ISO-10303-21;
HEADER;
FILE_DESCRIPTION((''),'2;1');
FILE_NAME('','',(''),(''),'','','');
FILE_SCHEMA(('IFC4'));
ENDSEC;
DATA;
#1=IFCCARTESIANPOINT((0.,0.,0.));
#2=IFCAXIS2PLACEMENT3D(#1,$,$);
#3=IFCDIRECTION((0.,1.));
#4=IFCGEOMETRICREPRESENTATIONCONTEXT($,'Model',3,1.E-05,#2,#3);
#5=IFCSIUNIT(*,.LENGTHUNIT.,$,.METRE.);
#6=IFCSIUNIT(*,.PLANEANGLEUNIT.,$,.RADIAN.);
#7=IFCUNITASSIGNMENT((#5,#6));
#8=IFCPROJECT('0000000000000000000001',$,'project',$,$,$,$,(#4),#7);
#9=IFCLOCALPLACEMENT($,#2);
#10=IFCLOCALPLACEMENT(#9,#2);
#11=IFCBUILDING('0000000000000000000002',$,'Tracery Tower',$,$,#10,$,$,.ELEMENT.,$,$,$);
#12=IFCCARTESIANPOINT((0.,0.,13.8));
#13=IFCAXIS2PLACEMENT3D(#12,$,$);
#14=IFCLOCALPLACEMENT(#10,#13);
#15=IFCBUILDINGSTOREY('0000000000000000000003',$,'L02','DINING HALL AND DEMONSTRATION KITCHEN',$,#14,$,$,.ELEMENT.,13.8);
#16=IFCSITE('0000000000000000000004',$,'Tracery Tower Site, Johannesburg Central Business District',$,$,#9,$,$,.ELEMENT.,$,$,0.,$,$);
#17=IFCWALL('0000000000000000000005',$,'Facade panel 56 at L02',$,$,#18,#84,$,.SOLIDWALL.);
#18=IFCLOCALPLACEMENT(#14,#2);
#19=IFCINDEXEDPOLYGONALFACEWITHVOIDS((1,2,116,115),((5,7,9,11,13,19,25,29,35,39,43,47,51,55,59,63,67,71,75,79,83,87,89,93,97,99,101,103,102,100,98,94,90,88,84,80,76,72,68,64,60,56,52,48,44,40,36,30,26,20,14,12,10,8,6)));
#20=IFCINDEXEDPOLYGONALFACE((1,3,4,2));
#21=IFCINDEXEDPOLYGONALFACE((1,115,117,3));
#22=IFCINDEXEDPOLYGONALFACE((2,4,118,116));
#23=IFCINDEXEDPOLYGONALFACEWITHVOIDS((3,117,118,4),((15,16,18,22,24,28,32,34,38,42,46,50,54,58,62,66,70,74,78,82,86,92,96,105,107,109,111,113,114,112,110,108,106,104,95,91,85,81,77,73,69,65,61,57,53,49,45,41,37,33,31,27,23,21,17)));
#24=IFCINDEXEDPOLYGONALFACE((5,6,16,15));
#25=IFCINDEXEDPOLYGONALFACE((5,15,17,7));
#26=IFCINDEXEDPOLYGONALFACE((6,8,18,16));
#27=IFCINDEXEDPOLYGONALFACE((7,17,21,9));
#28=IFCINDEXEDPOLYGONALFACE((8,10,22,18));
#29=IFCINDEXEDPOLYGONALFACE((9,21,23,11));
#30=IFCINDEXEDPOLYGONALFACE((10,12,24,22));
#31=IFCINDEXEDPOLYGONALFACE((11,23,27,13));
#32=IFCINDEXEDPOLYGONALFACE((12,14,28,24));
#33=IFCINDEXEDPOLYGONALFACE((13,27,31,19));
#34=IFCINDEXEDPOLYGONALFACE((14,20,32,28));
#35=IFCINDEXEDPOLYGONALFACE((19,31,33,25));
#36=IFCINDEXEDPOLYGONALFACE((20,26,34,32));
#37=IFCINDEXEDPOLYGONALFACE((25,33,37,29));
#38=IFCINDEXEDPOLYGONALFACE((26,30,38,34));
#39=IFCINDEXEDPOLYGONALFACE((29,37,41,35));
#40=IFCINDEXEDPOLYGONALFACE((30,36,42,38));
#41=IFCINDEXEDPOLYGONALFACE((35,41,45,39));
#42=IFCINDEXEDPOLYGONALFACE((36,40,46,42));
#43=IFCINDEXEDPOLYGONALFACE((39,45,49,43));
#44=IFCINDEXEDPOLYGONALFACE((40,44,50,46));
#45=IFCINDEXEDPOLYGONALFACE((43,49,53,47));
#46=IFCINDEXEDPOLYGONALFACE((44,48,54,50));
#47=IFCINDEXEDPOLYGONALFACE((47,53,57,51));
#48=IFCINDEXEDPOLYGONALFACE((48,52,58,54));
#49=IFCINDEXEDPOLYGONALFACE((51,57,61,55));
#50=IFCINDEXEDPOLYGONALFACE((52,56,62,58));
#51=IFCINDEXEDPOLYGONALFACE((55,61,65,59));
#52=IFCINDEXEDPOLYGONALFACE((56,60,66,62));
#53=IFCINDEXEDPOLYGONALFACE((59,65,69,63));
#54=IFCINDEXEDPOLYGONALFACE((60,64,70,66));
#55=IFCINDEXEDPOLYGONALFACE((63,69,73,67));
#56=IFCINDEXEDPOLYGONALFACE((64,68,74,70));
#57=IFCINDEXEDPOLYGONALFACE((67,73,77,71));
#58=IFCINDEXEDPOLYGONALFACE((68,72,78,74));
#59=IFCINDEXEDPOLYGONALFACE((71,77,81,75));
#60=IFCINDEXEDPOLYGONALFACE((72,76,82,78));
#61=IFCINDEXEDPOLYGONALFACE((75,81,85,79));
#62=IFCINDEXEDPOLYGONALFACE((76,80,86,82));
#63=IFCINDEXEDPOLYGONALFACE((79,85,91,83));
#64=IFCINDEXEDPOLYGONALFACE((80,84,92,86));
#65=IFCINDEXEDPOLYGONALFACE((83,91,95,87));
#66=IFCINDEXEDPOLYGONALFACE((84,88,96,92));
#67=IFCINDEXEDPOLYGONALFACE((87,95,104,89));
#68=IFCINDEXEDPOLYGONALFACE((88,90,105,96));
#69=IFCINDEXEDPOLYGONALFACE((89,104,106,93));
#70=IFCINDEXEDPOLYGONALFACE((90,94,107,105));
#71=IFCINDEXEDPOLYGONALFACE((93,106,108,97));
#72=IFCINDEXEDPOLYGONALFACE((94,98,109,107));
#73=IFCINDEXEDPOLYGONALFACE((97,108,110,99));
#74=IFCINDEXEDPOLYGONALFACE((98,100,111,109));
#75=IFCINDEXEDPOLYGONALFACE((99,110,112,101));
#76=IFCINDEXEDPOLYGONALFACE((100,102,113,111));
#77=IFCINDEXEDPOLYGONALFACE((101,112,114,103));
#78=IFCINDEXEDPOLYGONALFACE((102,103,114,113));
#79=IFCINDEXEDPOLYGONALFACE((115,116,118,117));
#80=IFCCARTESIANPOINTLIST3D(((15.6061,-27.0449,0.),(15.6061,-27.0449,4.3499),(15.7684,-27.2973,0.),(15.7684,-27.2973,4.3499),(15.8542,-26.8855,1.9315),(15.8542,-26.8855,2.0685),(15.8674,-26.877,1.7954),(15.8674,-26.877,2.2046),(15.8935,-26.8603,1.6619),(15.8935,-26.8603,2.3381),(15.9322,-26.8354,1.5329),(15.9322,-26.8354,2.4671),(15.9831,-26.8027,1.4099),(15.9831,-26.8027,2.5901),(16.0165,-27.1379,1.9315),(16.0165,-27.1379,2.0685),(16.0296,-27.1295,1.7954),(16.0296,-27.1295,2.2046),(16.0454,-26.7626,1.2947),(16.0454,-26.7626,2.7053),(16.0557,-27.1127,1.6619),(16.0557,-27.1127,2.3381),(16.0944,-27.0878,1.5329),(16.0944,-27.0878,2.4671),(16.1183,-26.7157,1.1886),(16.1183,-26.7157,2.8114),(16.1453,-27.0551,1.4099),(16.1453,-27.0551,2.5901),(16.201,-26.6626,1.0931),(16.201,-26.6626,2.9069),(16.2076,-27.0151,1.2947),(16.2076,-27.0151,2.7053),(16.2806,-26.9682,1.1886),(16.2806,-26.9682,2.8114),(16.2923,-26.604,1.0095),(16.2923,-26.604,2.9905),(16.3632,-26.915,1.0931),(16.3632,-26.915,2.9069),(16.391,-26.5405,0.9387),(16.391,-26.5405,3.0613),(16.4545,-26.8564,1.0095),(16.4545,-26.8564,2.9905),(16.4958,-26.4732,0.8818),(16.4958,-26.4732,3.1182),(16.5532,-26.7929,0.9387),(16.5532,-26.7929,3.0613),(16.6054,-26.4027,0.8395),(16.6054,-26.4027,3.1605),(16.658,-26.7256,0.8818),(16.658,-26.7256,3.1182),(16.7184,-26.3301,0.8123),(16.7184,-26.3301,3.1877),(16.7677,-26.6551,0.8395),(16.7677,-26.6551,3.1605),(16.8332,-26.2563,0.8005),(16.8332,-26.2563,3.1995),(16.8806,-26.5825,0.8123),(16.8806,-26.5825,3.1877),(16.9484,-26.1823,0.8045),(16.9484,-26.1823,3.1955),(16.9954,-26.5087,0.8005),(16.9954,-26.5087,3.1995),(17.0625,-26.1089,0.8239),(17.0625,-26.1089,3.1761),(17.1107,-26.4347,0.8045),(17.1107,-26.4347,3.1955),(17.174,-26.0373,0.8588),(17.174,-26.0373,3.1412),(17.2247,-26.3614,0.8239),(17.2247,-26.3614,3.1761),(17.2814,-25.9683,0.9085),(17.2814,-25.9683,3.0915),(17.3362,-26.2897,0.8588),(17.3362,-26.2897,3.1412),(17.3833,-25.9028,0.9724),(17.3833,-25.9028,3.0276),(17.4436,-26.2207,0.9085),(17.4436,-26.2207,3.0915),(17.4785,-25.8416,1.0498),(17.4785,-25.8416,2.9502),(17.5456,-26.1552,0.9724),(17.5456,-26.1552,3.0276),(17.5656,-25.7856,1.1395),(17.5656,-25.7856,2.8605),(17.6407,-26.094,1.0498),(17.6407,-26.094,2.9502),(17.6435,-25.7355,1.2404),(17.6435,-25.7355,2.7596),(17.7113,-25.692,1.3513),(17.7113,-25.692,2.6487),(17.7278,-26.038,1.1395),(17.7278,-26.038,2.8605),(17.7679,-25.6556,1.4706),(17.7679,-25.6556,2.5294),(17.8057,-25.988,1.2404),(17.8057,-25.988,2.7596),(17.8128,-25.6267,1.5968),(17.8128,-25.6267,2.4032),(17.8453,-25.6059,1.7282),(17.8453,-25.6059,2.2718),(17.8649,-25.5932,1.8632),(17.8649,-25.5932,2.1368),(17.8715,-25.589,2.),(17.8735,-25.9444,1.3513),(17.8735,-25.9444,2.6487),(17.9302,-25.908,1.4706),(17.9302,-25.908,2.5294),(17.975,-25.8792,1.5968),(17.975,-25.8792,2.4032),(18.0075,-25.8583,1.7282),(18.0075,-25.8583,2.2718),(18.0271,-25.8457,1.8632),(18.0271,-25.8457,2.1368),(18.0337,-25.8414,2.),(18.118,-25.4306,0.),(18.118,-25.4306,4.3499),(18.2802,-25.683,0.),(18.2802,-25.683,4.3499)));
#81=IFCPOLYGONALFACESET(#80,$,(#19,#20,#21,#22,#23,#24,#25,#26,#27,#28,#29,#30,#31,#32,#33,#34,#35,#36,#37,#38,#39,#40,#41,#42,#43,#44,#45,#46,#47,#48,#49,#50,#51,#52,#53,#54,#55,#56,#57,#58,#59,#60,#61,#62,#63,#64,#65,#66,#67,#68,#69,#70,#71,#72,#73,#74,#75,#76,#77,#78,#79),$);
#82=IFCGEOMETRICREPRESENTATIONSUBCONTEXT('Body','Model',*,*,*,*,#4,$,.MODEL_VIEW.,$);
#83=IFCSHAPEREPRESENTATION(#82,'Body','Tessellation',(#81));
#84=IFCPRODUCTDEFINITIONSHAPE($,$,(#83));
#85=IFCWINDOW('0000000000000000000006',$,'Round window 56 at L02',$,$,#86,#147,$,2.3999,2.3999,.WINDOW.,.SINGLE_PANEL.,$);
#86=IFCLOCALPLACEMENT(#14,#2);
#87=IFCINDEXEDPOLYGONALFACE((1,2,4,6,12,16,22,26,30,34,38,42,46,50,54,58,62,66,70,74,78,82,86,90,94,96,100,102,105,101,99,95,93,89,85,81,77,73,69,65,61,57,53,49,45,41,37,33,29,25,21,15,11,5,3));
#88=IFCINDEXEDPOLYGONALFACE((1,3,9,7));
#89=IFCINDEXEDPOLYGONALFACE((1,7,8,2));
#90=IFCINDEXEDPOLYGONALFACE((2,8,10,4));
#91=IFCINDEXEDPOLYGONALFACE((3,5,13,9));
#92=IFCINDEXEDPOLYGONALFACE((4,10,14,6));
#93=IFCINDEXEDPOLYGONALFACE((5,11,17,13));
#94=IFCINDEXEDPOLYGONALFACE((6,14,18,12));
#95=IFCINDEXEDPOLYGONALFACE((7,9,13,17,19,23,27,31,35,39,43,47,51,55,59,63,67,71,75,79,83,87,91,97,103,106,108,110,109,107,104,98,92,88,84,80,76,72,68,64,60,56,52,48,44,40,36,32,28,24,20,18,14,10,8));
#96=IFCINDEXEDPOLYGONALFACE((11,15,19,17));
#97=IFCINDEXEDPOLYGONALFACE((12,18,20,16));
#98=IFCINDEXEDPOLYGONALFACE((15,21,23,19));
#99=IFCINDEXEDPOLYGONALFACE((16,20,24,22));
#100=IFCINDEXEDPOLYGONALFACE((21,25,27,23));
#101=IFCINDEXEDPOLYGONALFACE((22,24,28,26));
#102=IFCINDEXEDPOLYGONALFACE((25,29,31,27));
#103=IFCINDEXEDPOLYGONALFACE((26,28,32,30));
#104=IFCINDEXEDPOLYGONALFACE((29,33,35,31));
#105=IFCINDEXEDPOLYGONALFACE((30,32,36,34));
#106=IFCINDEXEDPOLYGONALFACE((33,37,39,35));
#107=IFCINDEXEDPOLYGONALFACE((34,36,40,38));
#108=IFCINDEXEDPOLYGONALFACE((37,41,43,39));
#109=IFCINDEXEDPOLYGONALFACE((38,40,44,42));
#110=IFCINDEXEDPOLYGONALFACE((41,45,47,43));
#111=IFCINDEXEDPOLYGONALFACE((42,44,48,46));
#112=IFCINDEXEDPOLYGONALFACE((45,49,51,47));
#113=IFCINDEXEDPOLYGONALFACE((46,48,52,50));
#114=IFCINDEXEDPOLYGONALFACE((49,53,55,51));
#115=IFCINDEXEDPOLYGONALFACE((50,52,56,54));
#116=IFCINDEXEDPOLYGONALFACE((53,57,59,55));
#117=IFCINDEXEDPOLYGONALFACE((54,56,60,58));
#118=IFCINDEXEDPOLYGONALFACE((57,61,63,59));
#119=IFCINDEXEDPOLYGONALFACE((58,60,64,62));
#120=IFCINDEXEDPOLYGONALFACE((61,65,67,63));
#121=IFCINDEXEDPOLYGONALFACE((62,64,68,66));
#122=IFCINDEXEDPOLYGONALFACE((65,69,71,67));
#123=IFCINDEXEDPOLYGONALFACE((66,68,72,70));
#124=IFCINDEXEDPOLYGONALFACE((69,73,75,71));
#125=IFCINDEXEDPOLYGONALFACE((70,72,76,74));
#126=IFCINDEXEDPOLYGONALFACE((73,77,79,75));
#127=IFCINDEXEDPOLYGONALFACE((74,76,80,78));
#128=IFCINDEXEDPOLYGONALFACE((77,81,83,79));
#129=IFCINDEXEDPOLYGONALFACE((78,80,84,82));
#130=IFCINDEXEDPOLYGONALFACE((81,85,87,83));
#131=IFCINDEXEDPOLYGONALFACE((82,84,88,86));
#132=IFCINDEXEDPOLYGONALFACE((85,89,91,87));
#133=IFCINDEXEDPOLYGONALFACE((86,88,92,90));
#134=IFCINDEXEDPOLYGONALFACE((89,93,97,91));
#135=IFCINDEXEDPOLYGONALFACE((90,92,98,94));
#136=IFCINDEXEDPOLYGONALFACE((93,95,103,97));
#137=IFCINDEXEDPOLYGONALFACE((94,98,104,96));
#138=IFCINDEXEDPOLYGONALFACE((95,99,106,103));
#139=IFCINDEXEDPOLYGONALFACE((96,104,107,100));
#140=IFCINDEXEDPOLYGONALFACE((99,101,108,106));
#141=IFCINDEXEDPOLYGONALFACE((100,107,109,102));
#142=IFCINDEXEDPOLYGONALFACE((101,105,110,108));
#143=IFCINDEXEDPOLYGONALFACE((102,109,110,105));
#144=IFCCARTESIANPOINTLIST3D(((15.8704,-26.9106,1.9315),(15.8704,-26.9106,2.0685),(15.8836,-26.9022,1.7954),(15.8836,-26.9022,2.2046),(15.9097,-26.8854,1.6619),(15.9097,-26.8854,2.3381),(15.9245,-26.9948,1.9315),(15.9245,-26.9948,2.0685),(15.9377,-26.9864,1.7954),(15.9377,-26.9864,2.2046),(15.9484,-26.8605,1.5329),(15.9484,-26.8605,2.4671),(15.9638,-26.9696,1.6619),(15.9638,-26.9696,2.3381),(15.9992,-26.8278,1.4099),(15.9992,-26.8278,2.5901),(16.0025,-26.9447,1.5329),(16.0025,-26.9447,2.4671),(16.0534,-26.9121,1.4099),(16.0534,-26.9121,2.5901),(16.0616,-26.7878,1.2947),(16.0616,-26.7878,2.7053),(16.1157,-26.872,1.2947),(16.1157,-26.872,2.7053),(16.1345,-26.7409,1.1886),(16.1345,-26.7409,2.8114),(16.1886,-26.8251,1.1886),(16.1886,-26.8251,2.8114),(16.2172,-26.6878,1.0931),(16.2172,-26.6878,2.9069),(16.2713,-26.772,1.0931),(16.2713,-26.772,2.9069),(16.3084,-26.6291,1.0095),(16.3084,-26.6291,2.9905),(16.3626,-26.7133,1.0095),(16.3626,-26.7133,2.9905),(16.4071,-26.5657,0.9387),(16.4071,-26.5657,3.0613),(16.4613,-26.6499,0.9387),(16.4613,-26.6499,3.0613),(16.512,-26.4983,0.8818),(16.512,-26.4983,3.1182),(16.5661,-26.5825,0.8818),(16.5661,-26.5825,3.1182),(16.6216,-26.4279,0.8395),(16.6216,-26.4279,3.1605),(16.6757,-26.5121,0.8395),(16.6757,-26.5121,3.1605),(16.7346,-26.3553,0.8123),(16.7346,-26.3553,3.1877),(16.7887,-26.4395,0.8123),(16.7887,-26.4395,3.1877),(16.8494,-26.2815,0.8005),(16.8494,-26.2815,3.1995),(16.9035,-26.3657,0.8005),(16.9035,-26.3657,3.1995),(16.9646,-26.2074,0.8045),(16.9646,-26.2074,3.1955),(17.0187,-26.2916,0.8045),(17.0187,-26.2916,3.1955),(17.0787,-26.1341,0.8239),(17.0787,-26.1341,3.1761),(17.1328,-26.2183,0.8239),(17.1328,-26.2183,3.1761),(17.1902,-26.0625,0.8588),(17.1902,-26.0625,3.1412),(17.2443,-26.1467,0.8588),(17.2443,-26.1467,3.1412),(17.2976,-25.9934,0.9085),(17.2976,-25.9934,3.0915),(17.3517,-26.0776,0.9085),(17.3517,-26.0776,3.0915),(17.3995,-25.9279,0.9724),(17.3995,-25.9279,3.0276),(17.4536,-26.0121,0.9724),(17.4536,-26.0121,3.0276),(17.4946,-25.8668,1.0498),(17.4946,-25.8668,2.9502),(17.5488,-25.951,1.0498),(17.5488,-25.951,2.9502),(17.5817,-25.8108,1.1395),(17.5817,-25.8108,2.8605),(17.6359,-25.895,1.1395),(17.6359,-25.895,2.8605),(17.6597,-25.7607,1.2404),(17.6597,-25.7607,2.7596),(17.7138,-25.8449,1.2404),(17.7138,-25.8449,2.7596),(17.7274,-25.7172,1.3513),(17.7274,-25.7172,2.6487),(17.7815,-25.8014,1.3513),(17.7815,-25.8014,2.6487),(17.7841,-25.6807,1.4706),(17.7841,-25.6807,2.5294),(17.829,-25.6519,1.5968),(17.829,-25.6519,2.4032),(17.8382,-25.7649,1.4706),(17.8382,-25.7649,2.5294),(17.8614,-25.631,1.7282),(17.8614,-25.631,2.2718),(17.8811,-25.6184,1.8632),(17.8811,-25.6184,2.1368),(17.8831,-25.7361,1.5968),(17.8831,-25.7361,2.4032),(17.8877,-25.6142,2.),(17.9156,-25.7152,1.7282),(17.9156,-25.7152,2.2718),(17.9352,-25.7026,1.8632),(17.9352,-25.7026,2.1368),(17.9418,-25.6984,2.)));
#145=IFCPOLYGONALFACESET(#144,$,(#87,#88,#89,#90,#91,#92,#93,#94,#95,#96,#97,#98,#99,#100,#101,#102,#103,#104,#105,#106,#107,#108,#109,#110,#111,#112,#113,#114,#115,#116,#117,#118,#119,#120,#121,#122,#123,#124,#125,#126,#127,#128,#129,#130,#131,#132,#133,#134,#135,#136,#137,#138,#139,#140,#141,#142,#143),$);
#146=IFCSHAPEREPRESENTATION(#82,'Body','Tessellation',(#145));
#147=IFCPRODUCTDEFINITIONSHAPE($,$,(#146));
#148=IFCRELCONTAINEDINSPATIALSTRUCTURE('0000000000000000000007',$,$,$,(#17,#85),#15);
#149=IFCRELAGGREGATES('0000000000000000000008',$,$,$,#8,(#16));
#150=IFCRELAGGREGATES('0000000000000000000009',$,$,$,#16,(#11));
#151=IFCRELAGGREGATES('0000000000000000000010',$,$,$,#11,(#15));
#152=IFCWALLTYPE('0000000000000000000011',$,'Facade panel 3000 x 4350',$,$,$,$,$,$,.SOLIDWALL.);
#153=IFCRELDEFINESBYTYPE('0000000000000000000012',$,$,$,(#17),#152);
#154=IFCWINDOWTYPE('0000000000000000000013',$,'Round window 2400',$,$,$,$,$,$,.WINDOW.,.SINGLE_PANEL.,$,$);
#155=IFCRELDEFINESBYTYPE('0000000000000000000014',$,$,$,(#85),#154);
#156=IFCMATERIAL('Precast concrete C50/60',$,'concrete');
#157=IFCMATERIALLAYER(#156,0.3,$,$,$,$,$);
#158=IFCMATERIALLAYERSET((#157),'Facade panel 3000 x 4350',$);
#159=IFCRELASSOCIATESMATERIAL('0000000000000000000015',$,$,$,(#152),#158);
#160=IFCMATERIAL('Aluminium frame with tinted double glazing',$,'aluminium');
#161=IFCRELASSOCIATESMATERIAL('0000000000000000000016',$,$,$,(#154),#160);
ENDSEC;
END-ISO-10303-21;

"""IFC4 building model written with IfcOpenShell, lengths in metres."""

from ifc_helpers import new_model, si_unit, direction, frame, frame_2d, origin, origin_2d, place, context, subcontext, project, spatial, rectangle, circle, extrude, material, layer, layer_set, type_object, element, fill, save


model = new_model("IFC4")

# Units and contexts
model_context = context("Model", 3, precision=1e-05, world=origin(), true_north=direction((0.0, 1.0)))
body_context = subcontext(model_context, "Body", "Model", "MODEL_VIEW")
ifc_project = project(units=[si_unit("LENGTHUNIT", "METRE"), si_unit("PLANEANGLEUNIT", "RADIAN")], contexts=[model_context])

# Site, building, storey
site_placement = place(None, origin())
site = spatial("IfcSite", under=ifc_project, at=site_placement, Name="Tracery Tower Site, Johannesburg Central Business District", CompositionType="ELEMENT", RefElevation=0.0)
building_placement = place(site_placement, origin())
building = spatial("IfcBuilding", under=site, at=building_placement, Name="Tracery Tower", CompositionType="ELEMENT")
storey_placement = place(building_placement, frame((0.0, 0.0, 13.8)))
storey = spatial("IfcBuildingStorey", under=building, at=storey_placement, Name="L02", Description="DINING HALL AND DEMONSTRATION KITCHEN", CompositionType="ELEMENT", Elevation=13.8)

# Wall, opening, window
ifc_material_1 = material(Name="Precast concrete C50/60", Category="concrete")
ifc_layer = layer(ifc_material_1, 0.3)
ifc_layer_set = layer_set([ifc_layer], Name="Facade panel 3000 x 4350")
wall_type = type_object("IfcWallType", Name="Facade panel 3000 x 4350", PredefinedType="SOLIDWALL", material=ifc_layer_set)
ifc_material_2 = material(Name="Aluminium frame with tinted double glazing", Category="aluminium")
window_type = type_object("IfcWindowType", Name="Round window 2400", PartitioningType="SINGLE_PANEL", PredefinedType="WINDOW", material=ifc_material_2)
wall_1_placement = place(storey_placement, frame((15.6873, -27.1711, 0.0), z_axis=(0.0, 0.0, 1.0), x_axis=(0.841242, 0.540658, 0.0)))
wall_1 = element("IfcWall", 1, at=wall_1_placement, inside=storey, type_object=wall_type, Name="Facade panel 56 at L02", PredefinedType="SOLIDWALL", context=body_context, shape_type="SweptSolid", body=[
    extrude(rectangle(XDim=2.9858, YDim=0.3, at=frame_2d((1.4929, 0.0))), origin(), (0.0, 0.0, 1.0), 4.3499),
])
opening_1_placement = place(wall_1_placement, frame((1.4929, 0.0, 2.0)))
opening_1 = element("IfcOpeningElement", 2, at=opening_1_placement, cuts=wall_1, PredefinedType="OPENING", context=body_context, shape_type="SweptSolid", body=[
    extrude(circle(Radius=1.2, at=origin_2d()), frame((0.0, 0.1599, 0.0), z_axis=(0.0, -1.0, 0.0), x_axis=(1.0, 0.0, 0.0)), (0.0, 0.0, 1.0), 0.3201),
])
window_1_placement = place(opening_1_placement, origin())
window_1 = element("IfcWindow", 3, at=window_1_placement, inside=storey, type_object=window_type, Name="Round window 56 at L02", OverallHeight=2.3999, OverallWidth=2.3999, PartitioningType="SINGLE_PANEL", PredefinedType="WINDOW", context=body_context, shape_type="SweptSolid", body=[
    extrude(circle(Radius=1.2, at=origin_2d()), frame((0.0, 0.1201, 0.0), z_axis=(0.0, -1.0, 0.0), x_axis=(1.0, 0.0, 0.0)), (0.0, 0.0, 1.0), 0.1001),
])
fill(opening_1, window_1)

save(model, "model.ifc")
